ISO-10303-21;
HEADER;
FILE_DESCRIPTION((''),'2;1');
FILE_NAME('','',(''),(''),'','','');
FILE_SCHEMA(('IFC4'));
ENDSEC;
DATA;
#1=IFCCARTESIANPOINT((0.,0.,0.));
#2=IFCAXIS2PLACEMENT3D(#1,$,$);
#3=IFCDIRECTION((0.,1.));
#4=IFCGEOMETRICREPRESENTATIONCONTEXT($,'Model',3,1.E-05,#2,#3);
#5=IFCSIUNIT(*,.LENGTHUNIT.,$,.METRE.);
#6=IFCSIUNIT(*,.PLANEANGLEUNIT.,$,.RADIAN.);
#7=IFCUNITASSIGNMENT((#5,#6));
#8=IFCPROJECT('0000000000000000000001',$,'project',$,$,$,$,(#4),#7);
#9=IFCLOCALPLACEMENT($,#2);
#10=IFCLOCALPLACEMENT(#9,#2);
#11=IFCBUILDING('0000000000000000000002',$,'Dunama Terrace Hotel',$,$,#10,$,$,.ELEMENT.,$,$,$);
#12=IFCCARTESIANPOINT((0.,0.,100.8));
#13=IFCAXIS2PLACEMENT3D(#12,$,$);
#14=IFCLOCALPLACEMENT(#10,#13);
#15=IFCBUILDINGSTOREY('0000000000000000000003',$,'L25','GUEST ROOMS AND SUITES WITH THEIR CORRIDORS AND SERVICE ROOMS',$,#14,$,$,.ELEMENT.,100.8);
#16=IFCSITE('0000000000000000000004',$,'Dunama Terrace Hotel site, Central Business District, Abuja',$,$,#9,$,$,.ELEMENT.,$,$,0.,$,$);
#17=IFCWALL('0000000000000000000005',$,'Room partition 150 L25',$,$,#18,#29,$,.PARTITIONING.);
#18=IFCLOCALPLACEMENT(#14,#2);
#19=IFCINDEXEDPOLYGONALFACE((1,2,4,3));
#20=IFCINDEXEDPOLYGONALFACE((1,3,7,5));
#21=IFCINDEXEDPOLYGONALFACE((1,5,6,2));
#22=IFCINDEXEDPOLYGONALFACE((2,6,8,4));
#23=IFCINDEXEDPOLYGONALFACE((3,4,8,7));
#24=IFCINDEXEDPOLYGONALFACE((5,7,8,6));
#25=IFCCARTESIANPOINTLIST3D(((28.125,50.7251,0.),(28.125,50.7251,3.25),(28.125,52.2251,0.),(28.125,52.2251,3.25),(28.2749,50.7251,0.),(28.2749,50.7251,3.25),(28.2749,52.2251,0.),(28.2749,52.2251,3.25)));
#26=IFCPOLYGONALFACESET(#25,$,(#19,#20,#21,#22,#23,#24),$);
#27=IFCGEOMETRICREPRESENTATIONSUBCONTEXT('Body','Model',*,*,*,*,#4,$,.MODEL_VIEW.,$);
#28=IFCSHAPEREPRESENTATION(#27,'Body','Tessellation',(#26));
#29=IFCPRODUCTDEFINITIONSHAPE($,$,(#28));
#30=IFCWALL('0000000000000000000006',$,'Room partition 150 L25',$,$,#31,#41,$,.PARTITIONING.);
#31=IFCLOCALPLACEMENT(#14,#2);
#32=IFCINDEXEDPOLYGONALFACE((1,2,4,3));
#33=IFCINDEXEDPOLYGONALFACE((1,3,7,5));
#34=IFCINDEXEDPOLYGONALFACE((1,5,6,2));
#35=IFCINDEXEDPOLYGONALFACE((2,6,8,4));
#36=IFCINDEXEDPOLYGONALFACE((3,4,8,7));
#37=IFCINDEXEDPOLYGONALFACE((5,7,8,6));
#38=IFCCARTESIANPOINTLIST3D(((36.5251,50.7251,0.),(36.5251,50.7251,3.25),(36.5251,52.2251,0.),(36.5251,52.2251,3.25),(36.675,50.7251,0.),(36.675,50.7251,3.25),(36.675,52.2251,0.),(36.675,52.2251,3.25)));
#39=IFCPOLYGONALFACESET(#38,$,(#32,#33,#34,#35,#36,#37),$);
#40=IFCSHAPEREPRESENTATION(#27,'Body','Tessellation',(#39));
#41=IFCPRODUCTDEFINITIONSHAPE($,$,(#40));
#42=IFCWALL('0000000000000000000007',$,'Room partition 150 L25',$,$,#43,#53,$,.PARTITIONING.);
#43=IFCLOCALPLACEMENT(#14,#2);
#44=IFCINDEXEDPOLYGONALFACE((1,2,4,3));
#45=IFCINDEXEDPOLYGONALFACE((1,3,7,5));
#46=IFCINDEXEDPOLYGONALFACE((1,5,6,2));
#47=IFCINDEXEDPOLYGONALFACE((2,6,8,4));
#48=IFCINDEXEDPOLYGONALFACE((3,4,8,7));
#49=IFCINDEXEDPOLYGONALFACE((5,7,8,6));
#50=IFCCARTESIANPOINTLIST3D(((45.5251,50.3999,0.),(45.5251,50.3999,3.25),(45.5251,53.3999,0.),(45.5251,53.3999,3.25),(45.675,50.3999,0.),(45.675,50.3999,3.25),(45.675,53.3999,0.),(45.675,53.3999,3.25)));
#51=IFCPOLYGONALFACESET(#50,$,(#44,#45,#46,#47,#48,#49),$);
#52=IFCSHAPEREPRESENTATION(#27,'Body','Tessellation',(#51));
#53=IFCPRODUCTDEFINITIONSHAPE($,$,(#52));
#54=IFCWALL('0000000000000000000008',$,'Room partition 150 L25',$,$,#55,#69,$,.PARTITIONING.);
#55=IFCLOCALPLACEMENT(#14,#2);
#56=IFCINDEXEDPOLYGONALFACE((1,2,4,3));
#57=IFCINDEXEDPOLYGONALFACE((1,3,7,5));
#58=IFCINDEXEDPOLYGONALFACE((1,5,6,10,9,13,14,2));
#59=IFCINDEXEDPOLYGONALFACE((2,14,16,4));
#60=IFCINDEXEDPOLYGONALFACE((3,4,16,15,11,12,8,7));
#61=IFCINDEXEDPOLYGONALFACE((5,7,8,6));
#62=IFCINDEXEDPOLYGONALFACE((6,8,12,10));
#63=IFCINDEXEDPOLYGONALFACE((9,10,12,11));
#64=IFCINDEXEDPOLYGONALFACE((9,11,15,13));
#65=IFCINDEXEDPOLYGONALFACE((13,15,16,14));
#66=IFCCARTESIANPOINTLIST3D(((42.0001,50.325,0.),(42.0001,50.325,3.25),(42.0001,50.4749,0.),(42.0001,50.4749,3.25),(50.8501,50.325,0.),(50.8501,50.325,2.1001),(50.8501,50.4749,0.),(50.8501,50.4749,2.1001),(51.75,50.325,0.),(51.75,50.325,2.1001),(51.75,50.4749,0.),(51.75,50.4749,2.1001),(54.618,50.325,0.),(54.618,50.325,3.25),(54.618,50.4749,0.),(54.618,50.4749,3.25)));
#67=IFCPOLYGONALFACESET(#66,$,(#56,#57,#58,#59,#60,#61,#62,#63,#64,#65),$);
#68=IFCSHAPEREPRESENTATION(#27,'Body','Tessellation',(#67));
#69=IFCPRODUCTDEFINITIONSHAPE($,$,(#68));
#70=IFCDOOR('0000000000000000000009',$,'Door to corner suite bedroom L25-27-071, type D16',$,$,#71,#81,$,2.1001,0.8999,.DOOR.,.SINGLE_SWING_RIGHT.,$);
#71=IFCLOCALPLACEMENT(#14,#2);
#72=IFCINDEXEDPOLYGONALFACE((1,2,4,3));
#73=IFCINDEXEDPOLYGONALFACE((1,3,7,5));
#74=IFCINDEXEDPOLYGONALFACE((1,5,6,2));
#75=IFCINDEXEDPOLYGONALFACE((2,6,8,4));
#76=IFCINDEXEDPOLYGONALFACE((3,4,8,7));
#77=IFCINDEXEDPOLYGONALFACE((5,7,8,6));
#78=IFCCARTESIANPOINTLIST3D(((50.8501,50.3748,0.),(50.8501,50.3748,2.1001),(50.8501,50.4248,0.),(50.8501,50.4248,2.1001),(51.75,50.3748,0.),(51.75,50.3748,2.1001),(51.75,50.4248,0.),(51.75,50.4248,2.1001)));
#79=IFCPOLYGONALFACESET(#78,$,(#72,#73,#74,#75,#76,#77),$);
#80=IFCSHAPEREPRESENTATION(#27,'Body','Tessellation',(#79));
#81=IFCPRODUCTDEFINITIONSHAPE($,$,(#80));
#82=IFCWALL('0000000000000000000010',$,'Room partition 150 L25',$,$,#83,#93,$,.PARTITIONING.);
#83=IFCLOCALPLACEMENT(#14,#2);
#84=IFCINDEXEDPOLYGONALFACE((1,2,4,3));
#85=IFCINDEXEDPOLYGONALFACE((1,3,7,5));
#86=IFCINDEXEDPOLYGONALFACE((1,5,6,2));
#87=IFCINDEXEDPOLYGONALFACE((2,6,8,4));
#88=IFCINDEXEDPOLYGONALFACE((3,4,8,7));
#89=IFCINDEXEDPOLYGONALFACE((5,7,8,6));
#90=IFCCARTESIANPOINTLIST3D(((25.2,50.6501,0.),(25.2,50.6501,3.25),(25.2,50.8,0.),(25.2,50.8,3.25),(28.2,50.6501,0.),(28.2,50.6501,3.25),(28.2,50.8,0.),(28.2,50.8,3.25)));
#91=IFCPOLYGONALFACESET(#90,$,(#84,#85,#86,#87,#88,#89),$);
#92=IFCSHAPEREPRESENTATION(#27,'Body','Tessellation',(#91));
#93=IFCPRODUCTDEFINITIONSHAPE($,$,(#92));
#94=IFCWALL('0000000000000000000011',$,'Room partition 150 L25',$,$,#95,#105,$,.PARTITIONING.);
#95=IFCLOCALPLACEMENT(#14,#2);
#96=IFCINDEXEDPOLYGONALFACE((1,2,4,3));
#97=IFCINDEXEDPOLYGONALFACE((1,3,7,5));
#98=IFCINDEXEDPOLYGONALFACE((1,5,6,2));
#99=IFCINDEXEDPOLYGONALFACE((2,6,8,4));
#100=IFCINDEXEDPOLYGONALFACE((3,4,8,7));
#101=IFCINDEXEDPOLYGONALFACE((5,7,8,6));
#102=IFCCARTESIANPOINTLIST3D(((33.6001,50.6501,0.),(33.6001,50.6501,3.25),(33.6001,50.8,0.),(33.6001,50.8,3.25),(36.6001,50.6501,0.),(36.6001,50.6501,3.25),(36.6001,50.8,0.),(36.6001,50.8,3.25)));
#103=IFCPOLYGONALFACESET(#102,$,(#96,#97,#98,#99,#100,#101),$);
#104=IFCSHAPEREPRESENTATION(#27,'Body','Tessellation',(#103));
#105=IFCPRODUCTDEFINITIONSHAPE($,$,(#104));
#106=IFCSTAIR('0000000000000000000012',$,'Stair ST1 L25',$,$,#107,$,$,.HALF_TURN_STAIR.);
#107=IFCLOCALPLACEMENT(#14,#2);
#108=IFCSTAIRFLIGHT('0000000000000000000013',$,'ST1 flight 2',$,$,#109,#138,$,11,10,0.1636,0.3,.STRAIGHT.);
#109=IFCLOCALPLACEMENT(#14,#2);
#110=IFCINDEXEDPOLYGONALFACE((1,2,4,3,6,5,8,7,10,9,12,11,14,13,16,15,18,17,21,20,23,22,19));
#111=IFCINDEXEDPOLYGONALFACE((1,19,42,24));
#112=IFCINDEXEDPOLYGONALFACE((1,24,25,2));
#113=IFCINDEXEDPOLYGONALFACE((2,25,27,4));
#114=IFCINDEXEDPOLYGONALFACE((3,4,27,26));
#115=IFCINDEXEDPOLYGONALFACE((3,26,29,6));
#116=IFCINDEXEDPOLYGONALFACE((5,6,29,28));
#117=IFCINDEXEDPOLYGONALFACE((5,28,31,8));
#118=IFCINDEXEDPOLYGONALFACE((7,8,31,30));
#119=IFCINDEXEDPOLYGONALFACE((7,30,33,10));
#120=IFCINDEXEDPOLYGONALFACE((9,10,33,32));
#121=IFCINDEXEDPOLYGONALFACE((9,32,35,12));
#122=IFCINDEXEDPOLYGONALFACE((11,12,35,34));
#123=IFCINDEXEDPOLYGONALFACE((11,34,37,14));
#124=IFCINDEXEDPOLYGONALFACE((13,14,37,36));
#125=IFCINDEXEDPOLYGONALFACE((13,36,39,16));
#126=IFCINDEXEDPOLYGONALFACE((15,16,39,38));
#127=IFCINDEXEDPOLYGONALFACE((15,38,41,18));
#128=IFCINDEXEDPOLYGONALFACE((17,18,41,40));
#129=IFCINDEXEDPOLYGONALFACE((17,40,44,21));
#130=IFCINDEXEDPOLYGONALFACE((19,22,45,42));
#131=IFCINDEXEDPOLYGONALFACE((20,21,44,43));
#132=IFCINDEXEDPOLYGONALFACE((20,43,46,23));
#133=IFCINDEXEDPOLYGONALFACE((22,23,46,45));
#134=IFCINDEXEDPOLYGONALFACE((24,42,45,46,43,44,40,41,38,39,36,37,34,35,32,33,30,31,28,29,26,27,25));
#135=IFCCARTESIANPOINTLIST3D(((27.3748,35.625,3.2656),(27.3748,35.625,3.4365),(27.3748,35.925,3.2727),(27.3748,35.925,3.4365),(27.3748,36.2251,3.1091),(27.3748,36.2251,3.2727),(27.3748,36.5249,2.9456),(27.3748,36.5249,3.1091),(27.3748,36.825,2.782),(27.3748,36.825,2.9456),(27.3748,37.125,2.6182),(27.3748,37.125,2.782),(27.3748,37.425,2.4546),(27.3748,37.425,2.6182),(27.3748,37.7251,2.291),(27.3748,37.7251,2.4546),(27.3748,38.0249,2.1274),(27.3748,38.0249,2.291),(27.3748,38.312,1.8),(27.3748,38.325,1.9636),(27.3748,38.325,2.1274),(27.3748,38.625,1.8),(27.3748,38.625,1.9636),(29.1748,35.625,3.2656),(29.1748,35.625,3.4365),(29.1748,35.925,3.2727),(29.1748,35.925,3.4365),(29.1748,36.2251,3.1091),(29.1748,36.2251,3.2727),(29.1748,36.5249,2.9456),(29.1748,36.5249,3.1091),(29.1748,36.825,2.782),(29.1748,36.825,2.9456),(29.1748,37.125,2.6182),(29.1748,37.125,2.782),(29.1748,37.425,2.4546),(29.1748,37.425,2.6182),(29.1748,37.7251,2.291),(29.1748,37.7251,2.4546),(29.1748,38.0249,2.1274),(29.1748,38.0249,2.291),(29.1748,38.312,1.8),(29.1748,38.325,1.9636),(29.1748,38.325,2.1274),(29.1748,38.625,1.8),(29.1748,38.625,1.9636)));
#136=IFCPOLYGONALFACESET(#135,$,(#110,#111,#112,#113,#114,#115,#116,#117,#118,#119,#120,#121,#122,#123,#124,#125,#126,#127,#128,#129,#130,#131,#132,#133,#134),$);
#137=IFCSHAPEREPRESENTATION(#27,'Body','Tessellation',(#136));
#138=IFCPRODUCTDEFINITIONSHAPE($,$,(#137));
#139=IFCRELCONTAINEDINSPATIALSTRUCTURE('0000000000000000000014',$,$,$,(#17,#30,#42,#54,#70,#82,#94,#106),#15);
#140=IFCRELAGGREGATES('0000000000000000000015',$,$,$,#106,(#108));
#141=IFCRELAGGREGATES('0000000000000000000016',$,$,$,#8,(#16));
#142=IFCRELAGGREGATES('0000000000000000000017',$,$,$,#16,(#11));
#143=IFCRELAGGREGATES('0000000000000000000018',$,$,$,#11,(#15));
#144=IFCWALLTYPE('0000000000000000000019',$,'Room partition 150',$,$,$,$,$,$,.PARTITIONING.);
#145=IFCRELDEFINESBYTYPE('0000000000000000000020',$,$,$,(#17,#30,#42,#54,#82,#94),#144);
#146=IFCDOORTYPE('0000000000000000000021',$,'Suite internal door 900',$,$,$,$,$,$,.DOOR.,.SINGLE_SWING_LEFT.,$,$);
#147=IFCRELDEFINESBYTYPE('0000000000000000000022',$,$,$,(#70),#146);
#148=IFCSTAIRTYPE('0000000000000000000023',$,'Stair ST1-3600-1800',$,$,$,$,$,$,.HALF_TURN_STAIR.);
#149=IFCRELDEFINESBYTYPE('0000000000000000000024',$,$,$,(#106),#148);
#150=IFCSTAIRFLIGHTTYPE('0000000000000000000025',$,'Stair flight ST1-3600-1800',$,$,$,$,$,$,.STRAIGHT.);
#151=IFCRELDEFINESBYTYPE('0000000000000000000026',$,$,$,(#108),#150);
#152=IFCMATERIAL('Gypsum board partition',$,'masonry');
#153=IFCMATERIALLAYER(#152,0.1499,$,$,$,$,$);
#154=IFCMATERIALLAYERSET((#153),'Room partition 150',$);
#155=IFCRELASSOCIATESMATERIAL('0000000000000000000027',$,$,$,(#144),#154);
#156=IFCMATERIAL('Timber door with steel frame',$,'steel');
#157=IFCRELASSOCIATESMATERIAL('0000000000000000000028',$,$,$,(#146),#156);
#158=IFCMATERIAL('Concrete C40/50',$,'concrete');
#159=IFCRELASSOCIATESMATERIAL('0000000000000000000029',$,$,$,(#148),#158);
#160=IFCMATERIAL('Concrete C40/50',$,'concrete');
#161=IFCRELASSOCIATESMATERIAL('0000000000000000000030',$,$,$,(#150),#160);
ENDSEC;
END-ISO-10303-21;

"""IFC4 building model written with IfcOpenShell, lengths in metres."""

from ifc_helpers import new_model, si_unit, direction, frame, frame_2d, origin, place, context, subcontext, project, spatial, polyline, rectangle, outline, extrude, material, layer, layer_set, type_object, element, fill, aggregate, save


model = new_model("IFC4")

# Units and contexts
model_context = context("Model", 3, precision=1e-05, world=origin(), true_north=direction((0.0, 1.0)))
body_context = subcontext(model_context, "Body", "Model", "MODEL_VIEW")
ifc_project = project(units=[si_unit("LENGTHUNIT", "METRE"), si_unit("PLANEANGLEUNIT", "RADIAN")], contexts=[model_context])

# Site, building, storey
site_placement = place(None, origin())
site = spatial("IfcSite", under=ifc_project, at=site_placement, Name="Dunama Terrace Hotel site, Central Business District, Abuja", CompositionType="ELEMENT", RefElevation=0.0)
building_placement = place(site_placement, origin())
building = spatial("IfcBuilding", under=site, at=building_placement, Name="Dunama Terrace Hotel", CompositionType="ELEMENT")
storey_placement = place(building_placement, frame((0.0, 0.0, 100.8)))
storey = spatial("IfcBuildingStorey", under=building, at=storey_placement, Name="L25", Description="GUEST ROOMS AND SUITES WITH THEIR CORRIDORS AND SERVICE ROOMS", CompositionType="ELEMENT", Elevation=100.8)

# Walls
ifc_material_1 = material(Name="Gypsum board partition", Category="masonry")
ifc_layer_1 = layer(ifc_material_1, 0.1499)
ifc_layer_set_1 = layer_set([ifc_layer_1], Name="Room partition 150")
wall_type_1 = type_object("IfcWallType", Name="Room partition 150", PredefinedType="PARTITIONING", material=ifc_layer_set_1)
for number, where, z_axis, x_axis, name in (
    (1, (28.2, 50.7251, 0.0), (0.0, 0.0, 1.0), (0.0, 1.0, 0.0), "Room partition 150 L25"),
    (2, (36.6001, 50.7251, 0.0), (0.0, 0.0, 1.0), (0.0, 1.0, 0.0), "Room partition 150 L25"),
):
    element("IfcWall", number, at=place(storey_placement, frame(where, z_axis=z_axis, x_axis=x_axis)), inside=storey, type_object=wall_type_1, Name=name, PredefinedType="PARTITIONING", context=body_context, shape_type="SweptSolid", body=[
        extrude(rectangle(XDim=1.5, YDim=0.1499, at=frame_2d((0.75, 0.0))), origin(), (0.0, 0.0, 1.0), 3.25),
    ])
wall_1_placement = place(storey_placement, frame((45.6001, 50.3999, 0.0), z_axis=(0.0, 0.0, 1.0), x_axis=(0.0, 1.0, 0.0)))
element("IfcWall", 3, at=wall_1_placement, inside=storey, type_object=wall_type_1, Name="Room partition 150 L25", PredefinedType="PARTITIONING", context=body_context, shape_type="SweptSolid", body=[
    extrude(rectangle(XDim=3.0, YDim=0.1499, at=frame_2d((1.5, 0.0))), origin(), (0.0, 0.0, 1.0), 3.25),
])

# Wall, opening, door
wall_2_placement = place(storey_placement, frame((42.0, 50.3999, 0.0), z_axis=(0.0, 0.0, 1.0), x_axis=(1.0, 0.0, 0.0)))
wall_2 = element("IfcWall", 4, at=wall_2_placement, inside=storey, type_object=wall_type_1, Name="Room partition 150 L25", PredefinedType="PARTITIONING", context=body_context, shape_type="SweptSolid", body=[
    extrude(rectangle(XDim=12.6179, YDim=0.1499, at=frame_2d((6.3091, 0.0))), origin(), (0.0, 0.0, 1.0), 3.25),
])
opening_1_placement = place(wall_2_placement, frame((8.8501, 0.0, 0.0)))
opening_1 = element("IfcOpeningElement", 5, at=opening_1_placement, cuts=wall_2, PredefinedType="OPENING", context=body_context, shape_type="SweptSolid", body=[
    extrude(rectangle(XDim=0.8999, YDim=2.1001, at=frame_2d((0.45, 1.05))), frame((0.0, 0.085, 0.0), z_axis=(0.0, -1.0, 0.0), x_axis=(1.0, 0.0, 0.0)), (0.0, 0.0, 1.0), 0.1699),
])
ifc_material_2 = material(Name="Timber door with steel frame", Category="steel")
door_type_1 = type_object("IfcDoorType", Name="Suite internal door 900", OperationType="SINGLE_SWING_LEFT", PredefinedType="DOOR", material=ifc_material_2)
door_1_placement = place(opening_1_placement, origin())
door_1 = element("IfcDoor", 6, at=door_1_placement, inside=storey, type_object=door_type_1, Name="Door to corner suite bedroom L25-27-071, type D16", OperationType="SINGLE_SWING_RIGHT", OverallHeight=2.1001, OverallWidth=0.8999, PredefinedType="DOOR", context=body_context, shape_type="SweptSolid", body=[
    extrude(rectangle(XDim=0.8999, YDim=2.1001, at=frame_2d((0.45, 1.05))), frame((0.0, 0.0249, 0.0), z_axis=(0.0, -1.0, 0.0), x_axis=(1.0, 0.0, 0.0)), (0.0, 0.0, 1.0), 0.05),
])
fill(opening_1, door_1)

# Walls
for number, where, z_axis, x_axis, name in (
    (7, (25.2, 50.7251, 0.0), (0.0, 0.0, 1.0), (1.0, 0.0, 0.0), "Room partition 150 L25"),
    (8, (33.6001, 50.7251, 0.0), (0.0, 0.0, 1.0), (1.0, 0.0, 0.0), "Room partition 150 L25"),
):
    element("IfcWall", number, at=place(storey_placement, frame(where, z_axis=z_axis, x_axis=x_axis)), inside=storey, type_object=wall_type_1, Name=name, PredefinedType="PARTITIONING", context=body_context, shape_type="SweptSolid", body=[
        extrude(rectangle(XDim=3.0, YDim=0.1499, at=frame_2d((1.5, 0.0))), origin(), (0.0, 0.0, 1.0), 3.25),
    ])

# Stair, stair flight
ifc_material_3 = material(Name="Concrete C40/50", Category="concrete")
stair_type = type_object("IfcStairType", Name="Stair ST1-3600-1800", PredefinedType="HALF_TURN_STAIR", material=ifc_material_3)
stair_placement = place(storey_placement, origin())
stair = element("IfcStair", 9, at=stair_placement, inside=storey, type_object=stair_type, Name="Stair ST1 L25", PredefinedType="HALF_TURN_STAIR")
ifc_material_4 = material(Name="Concrete C40/50", Category="concrete")
stair_flight_type = type_object("IfcStairFlightType", Name="Stair flight ST1-3600-1800", PredefinedType="STRAIGHT", material=ifc_material_4)
stair_flight_placement = place(storey_placement, frame((28.2749, 38.625, 1.8), z_axis=(0.0, 0.0, 1.0), x_axis=(0.0, -1.0, 0.0)))
stair_flight = element("IfcStairFlight", 10, at=stair_flight_placement, type_object=stair_flight_type, Name="ST1 flight 2", NumberOfRisers=11, NumberOfTreads=10, PredefinedType="STRAIGHT", RiserHeight=0.1636, TreadLength=0.3, context=body_context, shape_type="SweptSolid", body=[
    extrude(outline(polyline([(0.0, 0.0), (0.0, 0.1636), (0.3, 0.1636), (0.3, 0.3274), (0.6001, 0.3274), (0.6001, 0.491), (0.8999, 0.491), (0.8999, 0.6545), (1.2, 0.6545), (1.2, 0.8181), (1.5, 0.8181), (1.5, 0.9819), (1.8, 0.9819), (1.8, 1.1455), (2.1001, 1.1455), (2.1001, 1.3091), (2.3999, 1.3091), (2.3999, 1.4727), (2.7, 1.4727), (2.7, 1.6365), (3.0, 1.6365), (3.0, 1.8), (3.0, 1.4656), (0.313, 0.0), (0.0, 0.0)])), frame((0.0, 0.8999, 0.0), z_axis=(0.0, -1.0, 0.0), x_axis=(1.0, 0.0, 0.0)), (0.0, 0.0, 1.0), 1.8),
])
aggregate(stair, [stair_flight])

save(model, "model.ifc")
